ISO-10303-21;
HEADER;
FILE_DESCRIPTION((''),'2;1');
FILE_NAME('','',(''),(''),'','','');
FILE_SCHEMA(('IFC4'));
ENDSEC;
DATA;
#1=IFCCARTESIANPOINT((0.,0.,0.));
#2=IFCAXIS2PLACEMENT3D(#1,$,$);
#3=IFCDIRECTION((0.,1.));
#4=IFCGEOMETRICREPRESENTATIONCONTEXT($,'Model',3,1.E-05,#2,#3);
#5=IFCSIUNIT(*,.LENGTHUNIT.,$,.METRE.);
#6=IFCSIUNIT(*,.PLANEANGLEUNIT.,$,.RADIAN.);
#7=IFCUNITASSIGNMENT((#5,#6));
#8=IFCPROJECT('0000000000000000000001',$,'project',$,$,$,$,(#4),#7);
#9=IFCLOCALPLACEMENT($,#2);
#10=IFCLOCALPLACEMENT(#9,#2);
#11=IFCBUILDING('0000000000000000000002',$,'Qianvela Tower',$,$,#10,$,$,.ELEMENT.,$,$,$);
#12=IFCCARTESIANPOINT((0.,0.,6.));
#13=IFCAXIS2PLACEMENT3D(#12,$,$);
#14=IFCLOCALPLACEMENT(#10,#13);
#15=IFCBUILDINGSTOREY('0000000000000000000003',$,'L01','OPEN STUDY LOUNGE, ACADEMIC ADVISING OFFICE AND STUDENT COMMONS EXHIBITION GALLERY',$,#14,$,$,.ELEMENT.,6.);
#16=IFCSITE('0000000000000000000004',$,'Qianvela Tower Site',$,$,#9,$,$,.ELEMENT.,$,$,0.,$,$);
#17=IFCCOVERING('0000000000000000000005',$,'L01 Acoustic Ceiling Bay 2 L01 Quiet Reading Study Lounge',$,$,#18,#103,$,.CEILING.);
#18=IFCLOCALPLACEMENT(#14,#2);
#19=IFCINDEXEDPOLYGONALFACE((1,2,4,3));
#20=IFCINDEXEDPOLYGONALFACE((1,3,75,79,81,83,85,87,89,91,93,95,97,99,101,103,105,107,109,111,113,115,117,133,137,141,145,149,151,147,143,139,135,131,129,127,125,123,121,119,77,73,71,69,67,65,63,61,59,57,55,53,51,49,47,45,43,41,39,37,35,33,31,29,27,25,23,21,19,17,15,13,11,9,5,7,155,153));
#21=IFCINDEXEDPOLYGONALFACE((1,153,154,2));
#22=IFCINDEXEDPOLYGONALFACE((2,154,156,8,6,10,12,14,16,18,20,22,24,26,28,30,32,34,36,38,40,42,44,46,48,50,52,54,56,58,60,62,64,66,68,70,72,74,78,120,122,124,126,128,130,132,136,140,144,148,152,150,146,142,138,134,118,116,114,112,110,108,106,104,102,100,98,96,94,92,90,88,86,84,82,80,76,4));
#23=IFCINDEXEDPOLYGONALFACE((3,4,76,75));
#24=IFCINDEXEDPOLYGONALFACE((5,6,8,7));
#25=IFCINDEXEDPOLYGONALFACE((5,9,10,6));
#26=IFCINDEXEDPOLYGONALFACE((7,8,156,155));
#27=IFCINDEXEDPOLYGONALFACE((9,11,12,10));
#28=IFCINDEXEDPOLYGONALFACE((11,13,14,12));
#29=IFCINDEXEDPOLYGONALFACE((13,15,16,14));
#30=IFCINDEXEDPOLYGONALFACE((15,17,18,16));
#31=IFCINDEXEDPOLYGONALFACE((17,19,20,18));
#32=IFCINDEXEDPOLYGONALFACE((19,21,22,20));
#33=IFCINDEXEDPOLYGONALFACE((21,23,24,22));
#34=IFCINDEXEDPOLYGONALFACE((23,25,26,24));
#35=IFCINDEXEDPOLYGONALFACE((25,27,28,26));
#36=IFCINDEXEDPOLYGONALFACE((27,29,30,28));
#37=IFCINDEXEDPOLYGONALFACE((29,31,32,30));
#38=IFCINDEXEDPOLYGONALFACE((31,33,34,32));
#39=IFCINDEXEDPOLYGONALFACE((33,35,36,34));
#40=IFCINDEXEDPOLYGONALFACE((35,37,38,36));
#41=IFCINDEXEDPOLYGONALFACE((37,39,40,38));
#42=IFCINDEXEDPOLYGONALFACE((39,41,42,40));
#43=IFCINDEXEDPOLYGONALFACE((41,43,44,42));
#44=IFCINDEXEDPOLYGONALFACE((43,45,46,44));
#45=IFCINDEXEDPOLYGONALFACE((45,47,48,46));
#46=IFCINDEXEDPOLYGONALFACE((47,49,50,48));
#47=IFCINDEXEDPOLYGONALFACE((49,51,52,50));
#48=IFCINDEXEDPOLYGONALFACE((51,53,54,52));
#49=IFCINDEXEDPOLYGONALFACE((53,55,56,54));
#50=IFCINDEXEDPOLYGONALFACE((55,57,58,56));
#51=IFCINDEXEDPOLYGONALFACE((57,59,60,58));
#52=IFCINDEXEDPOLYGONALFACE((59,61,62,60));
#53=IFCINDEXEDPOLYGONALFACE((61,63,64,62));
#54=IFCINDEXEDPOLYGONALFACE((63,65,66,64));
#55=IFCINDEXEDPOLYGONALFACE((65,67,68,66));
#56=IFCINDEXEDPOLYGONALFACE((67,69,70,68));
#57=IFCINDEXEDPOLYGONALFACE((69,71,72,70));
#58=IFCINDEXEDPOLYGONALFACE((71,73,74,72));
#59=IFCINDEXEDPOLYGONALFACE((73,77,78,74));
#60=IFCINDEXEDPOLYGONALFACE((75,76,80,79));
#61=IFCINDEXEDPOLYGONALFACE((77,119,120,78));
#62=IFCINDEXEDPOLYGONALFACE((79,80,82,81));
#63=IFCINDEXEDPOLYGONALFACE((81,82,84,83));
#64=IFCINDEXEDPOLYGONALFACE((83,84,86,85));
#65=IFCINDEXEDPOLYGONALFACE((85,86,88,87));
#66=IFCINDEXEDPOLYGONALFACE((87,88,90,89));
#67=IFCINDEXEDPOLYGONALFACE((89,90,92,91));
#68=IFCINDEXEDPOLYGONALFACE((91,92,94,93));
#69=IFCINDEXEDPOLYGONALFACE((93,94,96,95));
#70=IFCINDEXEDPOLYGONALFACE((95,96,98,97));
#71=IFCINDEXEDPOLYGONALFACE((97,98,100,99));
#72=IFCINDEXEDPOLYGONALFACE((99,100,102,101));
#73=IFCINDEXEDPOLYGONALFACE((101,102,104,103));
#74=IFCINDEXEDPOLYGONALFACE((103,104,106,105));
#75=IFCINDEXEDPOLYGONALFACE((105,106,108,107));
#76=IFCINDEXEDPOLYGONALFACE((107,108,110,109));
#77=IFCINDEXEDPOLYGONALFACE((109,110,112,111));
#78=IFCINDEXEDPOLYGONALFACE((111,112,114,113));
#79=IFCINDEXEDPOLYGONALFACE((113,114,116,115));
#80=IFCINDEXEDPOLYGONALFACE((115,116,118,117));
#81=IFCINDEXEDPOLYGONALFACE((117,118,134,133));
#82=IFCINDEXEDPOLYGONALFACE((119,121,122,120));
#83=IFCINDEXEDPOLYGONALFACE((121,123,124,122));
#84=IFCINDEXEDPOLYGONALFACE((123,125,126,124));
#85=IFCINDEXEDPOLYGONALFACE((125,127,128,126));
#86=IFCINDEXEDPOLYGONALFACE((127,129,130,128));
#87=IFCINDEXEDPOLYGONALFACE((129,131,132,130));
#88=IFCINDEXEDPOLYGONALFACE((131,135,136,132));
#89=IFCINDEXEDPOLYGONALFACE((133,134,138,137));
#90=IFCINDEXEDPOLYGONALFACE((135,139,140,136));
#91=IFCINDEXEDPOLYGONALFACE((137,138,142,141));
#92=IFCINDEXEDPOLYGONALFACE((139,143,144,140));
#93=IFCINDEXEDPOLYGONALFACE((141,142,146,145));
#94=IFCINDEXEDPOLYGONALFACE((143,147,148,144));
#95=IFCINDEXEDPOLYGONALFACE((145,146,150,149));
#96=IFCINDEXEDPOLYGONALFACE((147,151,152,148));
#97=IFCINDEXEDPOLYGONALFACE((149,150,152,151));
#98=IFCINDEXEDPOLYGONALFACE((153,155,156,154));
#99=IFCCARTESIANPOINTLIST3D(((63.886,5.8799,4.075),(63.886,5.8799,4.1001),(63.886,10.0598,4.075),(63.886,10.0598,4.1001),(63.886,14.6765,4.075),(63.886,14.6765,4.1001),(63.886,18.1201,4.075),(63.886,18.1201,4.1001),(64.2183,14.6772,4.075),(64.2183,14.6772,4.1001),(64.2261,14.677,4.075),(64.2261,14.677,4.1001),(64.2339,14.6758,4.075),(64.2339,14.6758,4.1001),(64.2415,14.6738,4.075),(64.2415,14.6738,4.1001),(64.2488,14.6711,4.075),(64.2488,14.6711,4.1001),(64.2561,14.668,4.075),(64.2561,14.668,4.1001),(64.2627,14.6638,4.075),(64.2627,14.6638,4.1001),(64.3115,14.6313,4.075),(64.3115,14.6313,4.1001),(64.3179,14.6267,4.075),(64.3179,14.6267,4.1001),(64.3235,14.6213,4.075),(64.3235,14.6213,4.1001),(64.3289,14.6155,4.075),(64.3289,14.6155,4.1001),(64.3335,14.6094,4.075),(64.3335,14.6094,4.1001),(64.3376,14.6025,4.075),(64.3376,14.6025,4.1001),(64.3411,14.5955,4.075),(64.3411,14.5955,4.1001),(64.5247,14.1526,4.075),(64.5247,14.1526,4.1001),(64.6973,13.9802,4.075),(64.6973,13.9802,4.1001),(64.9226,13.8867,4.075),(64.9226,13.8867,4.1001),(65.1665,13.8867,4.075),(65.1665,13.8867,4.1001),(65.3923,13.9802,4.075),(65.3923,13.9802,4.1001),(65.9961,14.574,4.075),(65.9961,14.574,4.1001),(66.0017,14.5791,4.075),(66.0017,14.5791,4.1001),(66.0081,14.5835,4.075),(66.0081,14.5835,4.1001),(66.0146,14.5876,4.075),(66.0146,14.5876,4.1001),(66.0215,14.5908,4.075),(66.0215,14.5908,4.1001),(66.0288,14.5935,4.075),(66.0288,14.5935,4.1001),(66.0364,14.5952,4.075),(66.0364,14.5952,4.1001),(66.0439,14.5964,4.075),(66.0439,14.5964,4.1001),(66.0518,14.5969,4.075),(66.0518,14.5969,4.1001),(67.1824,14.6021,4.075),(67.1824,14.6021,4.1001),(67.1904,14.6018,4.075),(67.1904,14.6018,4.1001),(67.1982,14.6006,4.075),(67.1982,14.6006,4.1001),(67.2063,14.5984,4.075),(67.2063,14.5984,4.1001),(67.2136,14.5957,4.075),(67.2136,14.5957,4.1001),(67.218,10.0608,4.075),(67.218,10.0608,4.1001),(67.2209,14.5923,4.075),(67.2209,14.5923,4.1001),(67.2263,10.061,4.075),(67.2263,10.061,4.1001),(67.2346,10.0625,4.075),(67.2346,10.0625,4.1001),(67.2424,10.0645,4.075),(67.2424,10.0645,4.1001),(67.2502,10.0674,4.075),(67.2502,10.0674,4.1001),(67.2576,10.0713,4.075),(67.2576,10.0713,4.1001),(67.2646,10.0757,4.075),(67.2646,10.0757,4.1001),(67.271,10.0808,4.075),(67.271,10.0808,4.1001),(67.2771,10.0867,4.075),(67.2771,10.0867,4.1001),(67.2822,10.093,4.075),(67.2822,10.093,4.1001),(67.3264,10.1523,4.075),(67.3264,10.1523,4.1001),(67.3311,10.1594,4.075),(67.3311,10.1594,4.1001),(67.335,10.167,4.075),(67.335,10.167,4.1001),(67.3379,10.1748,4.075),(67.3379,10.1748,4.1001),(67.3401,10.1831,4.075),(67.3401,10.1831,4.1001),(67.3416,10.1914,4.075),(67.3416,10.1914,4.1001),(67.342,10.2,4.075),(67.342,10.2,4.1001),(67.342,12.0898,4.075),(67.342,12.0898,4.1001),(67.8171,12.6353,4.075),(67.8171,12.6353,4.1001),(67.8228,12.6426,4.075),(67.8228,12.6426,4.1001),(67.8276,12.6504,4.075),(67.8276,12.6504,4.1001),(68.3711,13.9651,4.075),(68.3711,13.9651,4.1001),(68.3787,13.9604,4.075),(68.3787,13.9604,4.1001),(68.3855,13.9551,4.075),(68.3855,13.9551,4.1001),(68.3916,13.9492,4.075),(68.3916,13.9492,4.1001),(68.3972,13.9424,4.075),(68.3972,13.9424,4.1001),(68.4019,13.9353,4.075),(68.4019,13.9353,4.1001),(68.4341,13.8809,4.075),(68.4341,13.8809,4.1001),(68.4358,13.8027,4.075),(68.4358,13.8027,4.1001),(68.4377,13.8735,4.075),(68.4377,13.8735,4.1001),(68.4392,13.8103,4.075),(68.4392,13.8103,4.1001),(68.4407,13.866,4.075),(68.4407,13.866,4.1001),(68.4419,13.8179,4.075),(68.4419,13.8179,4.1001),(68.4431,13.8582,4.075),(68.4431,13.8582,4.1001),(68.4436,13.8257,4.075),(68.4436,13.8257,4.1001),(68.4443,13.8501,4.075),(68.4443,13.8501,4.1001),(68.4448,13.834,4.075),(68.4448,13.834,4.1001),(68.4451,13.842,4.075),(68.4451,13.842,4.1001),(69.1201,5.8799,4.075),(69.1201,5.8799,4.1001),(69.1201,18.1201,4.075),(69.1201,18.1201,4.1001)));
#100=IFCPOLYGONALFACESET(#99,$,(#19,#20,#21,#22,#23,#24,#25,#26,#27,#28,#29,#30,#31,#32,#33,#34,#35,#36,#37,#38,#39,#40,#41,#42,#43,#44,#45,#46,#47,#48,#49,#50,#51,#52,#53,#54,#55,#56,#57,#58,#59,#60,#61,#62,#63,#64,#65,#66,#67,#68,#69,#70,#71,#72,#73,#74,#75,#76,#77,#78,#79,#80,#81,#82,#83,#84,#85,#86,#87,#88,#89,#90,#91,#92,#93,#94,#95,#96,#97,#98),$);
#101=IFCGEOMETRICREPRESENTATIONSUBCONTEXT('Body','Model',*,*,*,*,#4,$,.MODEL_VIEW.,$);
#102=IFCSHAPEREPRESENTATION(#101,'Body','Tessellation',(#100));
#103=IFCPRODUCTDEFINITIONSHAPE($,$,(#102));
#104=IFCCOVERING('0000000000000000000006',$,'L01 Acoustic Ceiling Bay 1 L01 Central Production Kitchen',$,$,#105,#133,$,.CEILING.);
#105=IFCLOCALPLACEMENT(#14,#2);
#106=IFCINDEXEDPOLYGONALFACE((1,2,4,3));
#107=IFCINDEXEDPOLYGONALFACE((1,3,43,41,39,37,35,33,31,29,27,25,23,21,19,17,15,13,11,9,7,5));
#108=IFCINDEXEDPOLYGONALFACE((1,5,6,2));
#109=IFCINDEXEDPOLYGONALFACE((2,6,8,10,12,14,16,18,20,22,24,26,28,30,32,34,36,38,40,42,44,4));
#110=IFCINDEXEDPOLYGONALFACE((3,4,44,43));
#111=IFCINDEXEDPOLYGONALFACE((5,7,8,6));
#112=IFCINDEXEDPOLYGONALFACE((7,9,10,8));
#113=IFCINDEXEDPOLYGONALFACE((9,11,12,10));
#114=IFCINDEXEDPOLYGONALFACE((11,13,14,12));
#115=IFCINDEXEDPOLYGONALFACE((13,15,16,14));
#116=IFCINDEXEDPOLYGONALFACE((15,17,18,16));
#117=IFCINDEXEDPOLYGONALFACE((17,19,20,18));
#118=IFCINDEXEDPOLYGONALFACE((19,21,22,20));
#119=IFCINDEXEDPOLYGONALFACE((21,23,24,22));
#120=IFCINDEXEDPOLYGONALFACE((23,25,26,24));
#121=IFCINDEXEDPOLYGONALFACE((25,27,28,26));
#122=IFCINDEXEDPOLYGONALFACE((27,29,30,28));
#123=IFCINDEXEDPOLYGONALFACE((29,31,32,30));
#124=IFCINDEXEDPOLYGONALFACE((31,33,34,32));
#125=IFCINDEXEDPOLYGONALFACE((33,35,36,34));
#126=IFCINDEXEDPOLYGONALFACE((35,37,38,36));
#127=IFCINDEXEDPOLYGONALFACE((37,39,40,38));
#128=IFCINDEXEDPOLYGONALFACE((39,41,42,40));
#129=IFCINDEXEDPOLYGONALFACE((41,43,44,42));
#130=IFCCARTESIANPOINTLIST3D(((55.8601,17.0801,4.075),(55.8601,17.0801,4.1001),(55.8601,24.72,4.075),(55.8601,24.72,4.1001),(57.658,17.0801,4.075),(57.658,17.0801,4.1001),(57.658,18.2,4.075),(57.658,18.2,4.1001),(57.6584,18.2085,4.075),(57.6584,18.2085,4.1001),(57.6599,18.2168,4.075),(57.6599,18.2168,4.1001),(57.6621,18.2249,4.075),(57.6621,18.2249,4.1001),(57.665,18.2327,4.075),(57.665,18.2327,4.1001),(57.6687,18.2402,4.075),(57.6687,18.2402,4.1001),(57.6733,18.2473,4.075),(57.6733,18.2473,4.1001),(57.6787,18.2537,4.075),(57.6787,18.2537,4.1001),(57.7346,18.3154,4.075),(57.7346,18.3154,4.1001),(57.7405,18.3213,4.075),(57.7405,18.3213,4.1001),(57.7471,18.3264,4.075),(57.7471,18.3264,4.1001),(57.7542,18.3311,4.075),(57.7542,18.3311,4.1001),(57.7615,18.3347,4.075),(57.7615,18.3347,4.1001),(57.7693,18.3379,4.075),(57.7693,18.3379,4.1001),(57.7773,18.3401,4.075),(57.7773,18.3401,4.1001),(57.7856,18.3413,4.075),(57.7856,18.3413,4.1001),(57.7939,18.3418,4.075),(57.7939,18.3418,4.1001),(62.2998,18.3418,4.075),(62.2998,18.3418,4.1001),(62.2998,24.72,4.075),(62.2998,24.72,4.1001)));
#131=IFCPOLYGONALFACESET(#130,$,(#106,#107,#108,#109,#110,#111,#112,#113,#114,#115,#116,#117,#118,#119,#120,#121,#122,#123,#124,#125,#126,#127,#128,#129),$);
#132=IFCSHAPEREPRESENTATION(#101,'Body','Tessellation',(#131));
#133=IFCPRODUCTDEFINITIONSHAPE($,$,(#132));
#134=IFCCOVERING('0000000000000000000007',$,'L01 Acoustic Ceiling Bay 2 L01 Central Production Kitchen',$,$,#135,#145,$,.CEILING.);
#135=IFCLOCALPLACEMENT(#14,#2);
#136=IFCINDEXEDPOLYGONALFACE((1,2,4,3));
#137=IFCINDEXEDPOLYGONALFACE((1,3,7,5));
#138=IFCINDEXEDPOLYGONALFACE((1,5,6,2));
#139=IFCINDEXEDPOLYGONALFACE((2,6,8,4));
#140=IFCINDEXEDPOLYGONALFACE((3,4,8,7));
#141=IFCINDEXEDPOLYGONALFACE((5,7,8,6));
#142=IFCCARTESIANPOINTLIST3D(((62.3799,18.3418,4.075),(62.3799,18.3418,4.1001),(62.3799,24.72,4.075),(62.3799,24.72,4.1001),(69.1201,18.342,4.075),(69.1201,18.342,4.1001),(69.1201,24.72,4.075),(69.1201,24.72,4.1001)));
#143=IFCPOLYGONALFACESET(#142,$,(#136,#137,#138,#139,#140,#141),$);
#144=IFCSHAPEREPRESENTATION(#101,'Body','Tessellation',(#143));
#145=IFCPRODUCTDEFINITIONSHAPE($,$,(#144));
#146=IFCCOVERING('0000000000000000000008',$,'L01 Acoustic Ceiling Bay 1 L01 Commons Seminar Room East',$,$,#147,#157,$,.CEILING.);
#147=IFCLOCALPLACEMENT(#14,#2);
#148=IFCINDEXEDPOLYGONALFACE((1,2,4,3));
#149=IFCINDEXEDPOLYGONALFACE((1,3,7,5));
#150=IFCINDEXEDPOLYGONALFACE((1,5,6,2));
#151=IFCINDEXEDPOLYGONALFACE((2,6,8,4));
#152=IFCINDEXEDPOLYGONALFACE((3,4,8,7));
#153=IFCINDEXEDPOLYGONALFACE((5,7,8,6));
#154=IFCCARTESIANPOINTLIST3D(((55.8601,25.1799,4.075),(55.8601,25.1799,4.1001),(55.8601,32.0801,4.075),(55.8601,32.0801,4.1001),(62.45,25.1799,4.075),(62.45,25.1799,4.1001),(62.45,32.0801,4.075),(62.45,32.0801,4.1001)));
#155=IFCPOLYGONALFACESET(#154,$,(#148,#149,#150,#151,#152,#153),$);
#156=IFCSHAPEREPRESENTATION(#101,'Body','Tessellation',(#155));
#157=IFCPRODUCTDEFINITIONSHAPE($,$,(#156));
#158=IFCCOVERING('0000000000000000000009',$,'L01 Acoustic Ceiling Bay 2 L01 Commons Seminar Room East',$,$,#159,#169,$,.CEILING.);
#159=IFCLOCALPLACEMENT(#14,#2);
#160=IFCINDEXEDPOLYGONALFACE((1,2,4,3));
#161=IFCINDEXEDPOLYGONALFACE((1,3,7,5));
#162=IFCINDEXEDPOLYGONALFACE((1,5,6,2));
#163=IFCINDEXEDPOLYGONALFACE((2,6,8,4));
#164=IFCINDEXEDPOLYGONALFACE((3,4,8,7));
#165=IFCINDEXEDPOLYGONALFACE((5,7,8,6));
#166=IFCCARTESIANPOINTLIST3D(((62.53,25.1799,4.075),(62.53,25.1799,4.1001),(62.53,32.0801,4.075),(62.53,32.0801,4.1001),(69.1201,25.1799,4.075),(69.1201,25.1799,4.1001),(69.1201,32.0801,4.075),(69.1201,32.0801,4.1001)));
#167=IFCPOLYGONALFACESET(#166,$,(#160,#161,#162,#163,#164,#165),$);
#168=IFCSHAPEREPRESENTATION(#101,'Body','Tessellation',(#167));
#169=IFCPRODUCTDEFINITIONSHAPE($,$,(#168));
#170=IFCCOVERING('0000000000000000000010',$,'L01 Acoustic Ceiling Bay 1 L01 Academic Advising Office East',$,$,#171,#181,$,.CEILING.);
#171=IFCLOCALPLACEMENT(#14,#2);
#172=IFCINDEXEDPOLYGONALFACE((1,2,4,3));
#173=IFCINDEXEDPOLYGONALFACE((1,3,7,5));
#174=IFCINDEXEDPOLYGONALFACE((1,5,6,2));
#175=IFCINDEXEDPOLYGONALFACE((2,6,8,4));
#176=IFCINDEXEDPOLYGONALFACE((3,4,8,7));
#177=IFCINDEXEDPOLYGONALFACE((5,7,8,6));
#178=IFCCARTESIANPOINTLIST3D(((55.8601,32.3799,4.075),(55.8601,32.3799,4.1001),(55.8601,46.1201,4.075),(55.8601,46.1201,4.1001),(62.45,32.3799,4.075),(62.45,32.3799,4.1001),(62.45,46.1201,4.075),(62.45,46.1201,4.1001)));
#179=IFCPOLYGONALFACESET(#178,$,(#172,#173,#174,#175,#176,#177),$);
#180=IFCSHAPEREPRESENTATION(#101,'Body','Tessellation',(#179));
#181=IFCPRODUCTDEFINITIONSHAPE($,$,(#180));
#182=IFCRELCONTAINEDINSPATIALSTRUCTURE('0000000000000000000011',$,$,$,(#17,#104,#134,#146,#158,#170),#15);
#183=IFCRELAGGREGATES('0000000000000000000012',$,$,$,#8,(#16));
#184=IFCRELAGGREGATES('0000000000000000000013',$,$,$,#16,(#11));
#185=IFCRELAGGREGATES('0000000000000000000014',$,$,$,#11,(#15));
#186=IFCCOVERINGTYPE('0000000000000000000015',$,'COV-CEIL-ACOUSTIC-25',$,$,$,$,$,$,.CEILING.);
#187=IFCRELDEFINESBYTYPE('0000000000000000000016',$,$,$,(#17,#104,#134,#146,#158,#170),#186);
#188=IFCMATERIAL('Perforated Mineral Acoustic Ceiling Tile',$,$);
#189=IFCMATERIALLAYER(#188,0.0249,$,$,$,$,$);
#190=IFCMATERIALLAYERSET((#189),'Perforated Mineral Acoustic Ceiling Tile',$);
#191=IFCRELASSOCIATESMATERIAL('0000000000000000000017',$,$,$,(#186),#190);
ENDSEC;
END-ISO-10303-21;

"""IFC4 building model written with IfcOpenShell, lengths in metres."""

from ifc_helpers import new_model, si_unit, direction, frame, origin, place, context, subcontext, project, spatial, polyline, outline, extrude, material, layer, layer_set, type_object, element, save


model = new_model("IFC4")

# Units and contexts
model_context = context("Model", 3, precision=1e-05, world=origin(), true_north=direction((0.0, 1.0)))
body_context = subcontext(model_context, "Body", "Model", "MODEL_VIEW")
ifc_project = project(units=[si_unit("LENGTHUNIT", "METRE"), si_unit("PLANEANGLEUNIT", "RADIAN")], contexts=[model_context])

# Site, building, storey
site_placement = place(None, origin())
site = spatial("IfcSite", under=ifc_project, at=site_placement, Name="Qianvela Tower Site", CompositionType="ELEMENT", RefElevation=0.0)
building_placement = place(site_placement, origin())
building = spatial("IfcBuilding", under=site, at=building_placement, Name="Qianvela Tower", CompositionType="ELEMENT")
storey_placement = place(building_placement, frame((0.0, 0.0, 6.0)))
storey = spatial("IfcBuildingStorey", under=building, at=storey_placement, Name="L01", Description="OPEN STUDY LOUNGE, ACADEMIC ADVISING OFFICE AND STUDENT COMMONS EXHIBITION GALLERY", CompositionType="ELEMENT", Elevation=6.0)

# Coverings
ifc_material_1 = material(Name="Perforated Mineral Acoustic Ceiling Tile")
ifc_layer_1 = layer(ifc_material_1, 0.0249)
ifc_layer_set_1 = layer_set([ifc_layer_1], Name="Perforated Mineral Acoustic Ceiling Tile")
covering_type_1 = type_object("IfcCoveringType", Name="COV-CEIL-ACOUSTIC-25", PredefinedType="CEILING", material=ifc_layer_set_1)
covering_1_placement = place(storey_placement, frame((0.0, 0.0, 4.075)))
element("IfcCovering", 1, at=covering_1_placement, inside=storey, type_object=covering_type_1, Name="L01 Acoustic Ceiling Bay 2 L01 Quiet Reading Study Lounge", PredefinedType="CEILING", context=body_context, shape_type="SweptSolid", body=[
    extrude(outline(polyline([(63.886, 5.8799), (63.886, 10.0598), (67.218, 10.0608), (67.2263, 10.061), (67.2346, 10.0625), (67.2424, 10.0645), (67.2502, 10.0674), (67.2576, 10.0713), (67.2646, 10.0757), (67.271, 10.0808), (67.2771, 10.0867), (67.2822, 10.093), (67.3264, 10.1523), (67.3311, 10.1594), (67.335, 10.167), (67.3379, 10.1748), (67.3401, 10.1831), (67.3416, 10.1914), (67.342, 10.2), (67.342, 12.0898), (67.8171, 12.6353), (67.8228, 12.6426), (67.8276, 12.6504), (68.4358, 13.8027), (68.4392, 13.8103), (68.4419, 13.8179), (68.4436, 13.8257), (68.4448, 13.834), (68.4451, 13.842), (68.4443, 13.8501), (68.4431, 13.8582), (68.4407, 13.866), (68.4377, 13.8735), (68.4341, 13.8809), (68.4019, 13.9353), (68.3972, 13.9424), (68.3916, 13.9492), (68.3855, 13.9551), (68.3787, 13.9604), (68.3711, 13.9651), (67.2209, 14.5923), (67.2136, 14.5957), (67.2063, 14.5984), (67.1982, 14.6006), (67.1904, 14.6018), (67.1824, 14.6021), (66.0518, 14.5969), (66.0439, 14.5964), (66.0364, 14.5952), (66.0288, 14.5935), (66.0215, 14.5908), (66.0146, 14.5876), (66.0081, 14.5835), (66.0017, 14.5791), (65.9961, 14.574), (65.3923, 13.9802), (65.1665, 13.8867), (64.9226, 13.8867), (64.6973, 13.9802), (64.5247, 14.1526), (64.3411, 14.5955), (64.3376, 14.6025), (64.3335, 14.6094), (64.3289, 14.6155), (64.3235, 14.6213), (64.3179, 14.6267), (64.3115, 14.6313), (64.2627, 14.6638), (64.2561, 14.668), (64.2488, 14.6711), (64.2415, 14.6738), (64.2339, 14.6758), (64.2261, 14.677), (64.2183, 14.6772), (63.886, 14.6765), (63.886, 18.1201), (69.1201, 18.1201), (69.1201, 5.8799), (63.886, 5.8799)])), origin(), (0.0, 0.0, 1.0), 0.0251),
])
covering_2_placement = place(storey_placement, frame((0.0, 0.0, 4.075)))
element("IfcCovering", 2, at=covering_2_placement, inside=storey, type_object=covering_type_1, Name="L01 Acoustic Ceiling Bay 1 L01 Central Production Kitchen", PredefinedType="CEILING", context=body_context, shape_type="SweptSolid", body=[
    extrude(outline(polyline([(57.7939, 18.3418), (57.7856, 18.3413), (57.7773, 18.3401), (57.7693, 18.3379), (57.7615, 18.3347), (57.7542, 18.3311), (57.7471, 18.3264), (57.7405, 18.3213), (57.7346, 18.3154), (57.6787, 18.2537), (57.6733, 18.2473), (57.6687, 18.2402), (57.665, 18.2327), (57.6621, 18.2249), (57.6599, 18.2168), (57.6584, 18.2085), (57.658, 18.2), (57.658, 17.0801), (55.8601, 17.0801), (55.8601, 24.72), (62.2998, 24.72), (62.2998, 18.3418), (57.7939, 18.3418)])), origin(), (0.0, 0.0, 1.0), 0.0251),
])
covering_3_placement = place(storey_placement, frame((0.0, 0.0, 4.075)))
element("IfcCovering", 3, at=covering_3_placement, inside=storey, type_object=covering_type_1, Name="L01 Acoustic Ceiling Bay 2 L01 Central Production Kitchen", PredefinedType="CEILING", context=body_context, shape_type="SweptSolid", body=[
    extrude(outline(polyline([(62.3799, 18.3418), (62.3799, 24.72), (69.1201, 24.72), (69.1201, 18.342), (62.3799, 18.3418)])), origin(), (0.0, 0.0, 1.0), 0.0251),
])
covering_4_placement = place(storey_placement, frame((0.0, 0.0, 4.075)))
element("IfcCovering", 4, at=covering_4_placement, inside=storey, type_object=covering_type_1, Name="L01 Acoustic Ceiling Bay 1 L01 Commons Seminar Room East", PredefinedType="CEILING", context=body_context, shape_type="SweptSolid", body=[
    extrude(outline(polyline([(55.8601, 25.1799), (55.8601, 32.0801), (62.45, 32.0801), (62.45, 25.1799), (55.8601, 25.1799)])), origin(), (0.0, 0.0, 1.0), 0.0251),
])
covering_5_placement = place(storey_placement, frame((0.0, 0.0, 4.075)))
element("IfcCovering", 5, at=covering_5_placement, inside=storey, type_object=covering_type_1, Name="L01 Acoustic Ceiling Bay 2 L01 Commons Seminar Room East", PredefinedType="CEILING", context=body_context, shape_type="SweptSolid", body=[
    extrude(outline(polyline([(62.53, 25.1799), (62.53, 32.0801), (69.1201, 32.0801), (69.1201, 25.1799), (62.53, 25.1799)])), origin(), (0.0, 0.0, 1.0), 0.0251),
])
covering_6_placement = place(storey_placement, frame((0.0, 0.0, 4.075)))
element("IfcCovering", 6, at=covering_6_placement, inside=storey, type_object=covering_type_1, Name="L01 Acoustic Ceiling Bay 1 L01 Academic Advising Office East", PredefinedType="CEILING", context=body_context, shape_type="SweptSolid", body=[
    extrude(outline(polyline([(55.8601, 32.3799), (55.8601, 46.1201), (62.45, 46.1201), (62.45, 32.3799), (55.8601, 32.3799)])), origin(), (0.0, 0.0, 1.0), 0.0251),
])

save(model, "model.ifc")
